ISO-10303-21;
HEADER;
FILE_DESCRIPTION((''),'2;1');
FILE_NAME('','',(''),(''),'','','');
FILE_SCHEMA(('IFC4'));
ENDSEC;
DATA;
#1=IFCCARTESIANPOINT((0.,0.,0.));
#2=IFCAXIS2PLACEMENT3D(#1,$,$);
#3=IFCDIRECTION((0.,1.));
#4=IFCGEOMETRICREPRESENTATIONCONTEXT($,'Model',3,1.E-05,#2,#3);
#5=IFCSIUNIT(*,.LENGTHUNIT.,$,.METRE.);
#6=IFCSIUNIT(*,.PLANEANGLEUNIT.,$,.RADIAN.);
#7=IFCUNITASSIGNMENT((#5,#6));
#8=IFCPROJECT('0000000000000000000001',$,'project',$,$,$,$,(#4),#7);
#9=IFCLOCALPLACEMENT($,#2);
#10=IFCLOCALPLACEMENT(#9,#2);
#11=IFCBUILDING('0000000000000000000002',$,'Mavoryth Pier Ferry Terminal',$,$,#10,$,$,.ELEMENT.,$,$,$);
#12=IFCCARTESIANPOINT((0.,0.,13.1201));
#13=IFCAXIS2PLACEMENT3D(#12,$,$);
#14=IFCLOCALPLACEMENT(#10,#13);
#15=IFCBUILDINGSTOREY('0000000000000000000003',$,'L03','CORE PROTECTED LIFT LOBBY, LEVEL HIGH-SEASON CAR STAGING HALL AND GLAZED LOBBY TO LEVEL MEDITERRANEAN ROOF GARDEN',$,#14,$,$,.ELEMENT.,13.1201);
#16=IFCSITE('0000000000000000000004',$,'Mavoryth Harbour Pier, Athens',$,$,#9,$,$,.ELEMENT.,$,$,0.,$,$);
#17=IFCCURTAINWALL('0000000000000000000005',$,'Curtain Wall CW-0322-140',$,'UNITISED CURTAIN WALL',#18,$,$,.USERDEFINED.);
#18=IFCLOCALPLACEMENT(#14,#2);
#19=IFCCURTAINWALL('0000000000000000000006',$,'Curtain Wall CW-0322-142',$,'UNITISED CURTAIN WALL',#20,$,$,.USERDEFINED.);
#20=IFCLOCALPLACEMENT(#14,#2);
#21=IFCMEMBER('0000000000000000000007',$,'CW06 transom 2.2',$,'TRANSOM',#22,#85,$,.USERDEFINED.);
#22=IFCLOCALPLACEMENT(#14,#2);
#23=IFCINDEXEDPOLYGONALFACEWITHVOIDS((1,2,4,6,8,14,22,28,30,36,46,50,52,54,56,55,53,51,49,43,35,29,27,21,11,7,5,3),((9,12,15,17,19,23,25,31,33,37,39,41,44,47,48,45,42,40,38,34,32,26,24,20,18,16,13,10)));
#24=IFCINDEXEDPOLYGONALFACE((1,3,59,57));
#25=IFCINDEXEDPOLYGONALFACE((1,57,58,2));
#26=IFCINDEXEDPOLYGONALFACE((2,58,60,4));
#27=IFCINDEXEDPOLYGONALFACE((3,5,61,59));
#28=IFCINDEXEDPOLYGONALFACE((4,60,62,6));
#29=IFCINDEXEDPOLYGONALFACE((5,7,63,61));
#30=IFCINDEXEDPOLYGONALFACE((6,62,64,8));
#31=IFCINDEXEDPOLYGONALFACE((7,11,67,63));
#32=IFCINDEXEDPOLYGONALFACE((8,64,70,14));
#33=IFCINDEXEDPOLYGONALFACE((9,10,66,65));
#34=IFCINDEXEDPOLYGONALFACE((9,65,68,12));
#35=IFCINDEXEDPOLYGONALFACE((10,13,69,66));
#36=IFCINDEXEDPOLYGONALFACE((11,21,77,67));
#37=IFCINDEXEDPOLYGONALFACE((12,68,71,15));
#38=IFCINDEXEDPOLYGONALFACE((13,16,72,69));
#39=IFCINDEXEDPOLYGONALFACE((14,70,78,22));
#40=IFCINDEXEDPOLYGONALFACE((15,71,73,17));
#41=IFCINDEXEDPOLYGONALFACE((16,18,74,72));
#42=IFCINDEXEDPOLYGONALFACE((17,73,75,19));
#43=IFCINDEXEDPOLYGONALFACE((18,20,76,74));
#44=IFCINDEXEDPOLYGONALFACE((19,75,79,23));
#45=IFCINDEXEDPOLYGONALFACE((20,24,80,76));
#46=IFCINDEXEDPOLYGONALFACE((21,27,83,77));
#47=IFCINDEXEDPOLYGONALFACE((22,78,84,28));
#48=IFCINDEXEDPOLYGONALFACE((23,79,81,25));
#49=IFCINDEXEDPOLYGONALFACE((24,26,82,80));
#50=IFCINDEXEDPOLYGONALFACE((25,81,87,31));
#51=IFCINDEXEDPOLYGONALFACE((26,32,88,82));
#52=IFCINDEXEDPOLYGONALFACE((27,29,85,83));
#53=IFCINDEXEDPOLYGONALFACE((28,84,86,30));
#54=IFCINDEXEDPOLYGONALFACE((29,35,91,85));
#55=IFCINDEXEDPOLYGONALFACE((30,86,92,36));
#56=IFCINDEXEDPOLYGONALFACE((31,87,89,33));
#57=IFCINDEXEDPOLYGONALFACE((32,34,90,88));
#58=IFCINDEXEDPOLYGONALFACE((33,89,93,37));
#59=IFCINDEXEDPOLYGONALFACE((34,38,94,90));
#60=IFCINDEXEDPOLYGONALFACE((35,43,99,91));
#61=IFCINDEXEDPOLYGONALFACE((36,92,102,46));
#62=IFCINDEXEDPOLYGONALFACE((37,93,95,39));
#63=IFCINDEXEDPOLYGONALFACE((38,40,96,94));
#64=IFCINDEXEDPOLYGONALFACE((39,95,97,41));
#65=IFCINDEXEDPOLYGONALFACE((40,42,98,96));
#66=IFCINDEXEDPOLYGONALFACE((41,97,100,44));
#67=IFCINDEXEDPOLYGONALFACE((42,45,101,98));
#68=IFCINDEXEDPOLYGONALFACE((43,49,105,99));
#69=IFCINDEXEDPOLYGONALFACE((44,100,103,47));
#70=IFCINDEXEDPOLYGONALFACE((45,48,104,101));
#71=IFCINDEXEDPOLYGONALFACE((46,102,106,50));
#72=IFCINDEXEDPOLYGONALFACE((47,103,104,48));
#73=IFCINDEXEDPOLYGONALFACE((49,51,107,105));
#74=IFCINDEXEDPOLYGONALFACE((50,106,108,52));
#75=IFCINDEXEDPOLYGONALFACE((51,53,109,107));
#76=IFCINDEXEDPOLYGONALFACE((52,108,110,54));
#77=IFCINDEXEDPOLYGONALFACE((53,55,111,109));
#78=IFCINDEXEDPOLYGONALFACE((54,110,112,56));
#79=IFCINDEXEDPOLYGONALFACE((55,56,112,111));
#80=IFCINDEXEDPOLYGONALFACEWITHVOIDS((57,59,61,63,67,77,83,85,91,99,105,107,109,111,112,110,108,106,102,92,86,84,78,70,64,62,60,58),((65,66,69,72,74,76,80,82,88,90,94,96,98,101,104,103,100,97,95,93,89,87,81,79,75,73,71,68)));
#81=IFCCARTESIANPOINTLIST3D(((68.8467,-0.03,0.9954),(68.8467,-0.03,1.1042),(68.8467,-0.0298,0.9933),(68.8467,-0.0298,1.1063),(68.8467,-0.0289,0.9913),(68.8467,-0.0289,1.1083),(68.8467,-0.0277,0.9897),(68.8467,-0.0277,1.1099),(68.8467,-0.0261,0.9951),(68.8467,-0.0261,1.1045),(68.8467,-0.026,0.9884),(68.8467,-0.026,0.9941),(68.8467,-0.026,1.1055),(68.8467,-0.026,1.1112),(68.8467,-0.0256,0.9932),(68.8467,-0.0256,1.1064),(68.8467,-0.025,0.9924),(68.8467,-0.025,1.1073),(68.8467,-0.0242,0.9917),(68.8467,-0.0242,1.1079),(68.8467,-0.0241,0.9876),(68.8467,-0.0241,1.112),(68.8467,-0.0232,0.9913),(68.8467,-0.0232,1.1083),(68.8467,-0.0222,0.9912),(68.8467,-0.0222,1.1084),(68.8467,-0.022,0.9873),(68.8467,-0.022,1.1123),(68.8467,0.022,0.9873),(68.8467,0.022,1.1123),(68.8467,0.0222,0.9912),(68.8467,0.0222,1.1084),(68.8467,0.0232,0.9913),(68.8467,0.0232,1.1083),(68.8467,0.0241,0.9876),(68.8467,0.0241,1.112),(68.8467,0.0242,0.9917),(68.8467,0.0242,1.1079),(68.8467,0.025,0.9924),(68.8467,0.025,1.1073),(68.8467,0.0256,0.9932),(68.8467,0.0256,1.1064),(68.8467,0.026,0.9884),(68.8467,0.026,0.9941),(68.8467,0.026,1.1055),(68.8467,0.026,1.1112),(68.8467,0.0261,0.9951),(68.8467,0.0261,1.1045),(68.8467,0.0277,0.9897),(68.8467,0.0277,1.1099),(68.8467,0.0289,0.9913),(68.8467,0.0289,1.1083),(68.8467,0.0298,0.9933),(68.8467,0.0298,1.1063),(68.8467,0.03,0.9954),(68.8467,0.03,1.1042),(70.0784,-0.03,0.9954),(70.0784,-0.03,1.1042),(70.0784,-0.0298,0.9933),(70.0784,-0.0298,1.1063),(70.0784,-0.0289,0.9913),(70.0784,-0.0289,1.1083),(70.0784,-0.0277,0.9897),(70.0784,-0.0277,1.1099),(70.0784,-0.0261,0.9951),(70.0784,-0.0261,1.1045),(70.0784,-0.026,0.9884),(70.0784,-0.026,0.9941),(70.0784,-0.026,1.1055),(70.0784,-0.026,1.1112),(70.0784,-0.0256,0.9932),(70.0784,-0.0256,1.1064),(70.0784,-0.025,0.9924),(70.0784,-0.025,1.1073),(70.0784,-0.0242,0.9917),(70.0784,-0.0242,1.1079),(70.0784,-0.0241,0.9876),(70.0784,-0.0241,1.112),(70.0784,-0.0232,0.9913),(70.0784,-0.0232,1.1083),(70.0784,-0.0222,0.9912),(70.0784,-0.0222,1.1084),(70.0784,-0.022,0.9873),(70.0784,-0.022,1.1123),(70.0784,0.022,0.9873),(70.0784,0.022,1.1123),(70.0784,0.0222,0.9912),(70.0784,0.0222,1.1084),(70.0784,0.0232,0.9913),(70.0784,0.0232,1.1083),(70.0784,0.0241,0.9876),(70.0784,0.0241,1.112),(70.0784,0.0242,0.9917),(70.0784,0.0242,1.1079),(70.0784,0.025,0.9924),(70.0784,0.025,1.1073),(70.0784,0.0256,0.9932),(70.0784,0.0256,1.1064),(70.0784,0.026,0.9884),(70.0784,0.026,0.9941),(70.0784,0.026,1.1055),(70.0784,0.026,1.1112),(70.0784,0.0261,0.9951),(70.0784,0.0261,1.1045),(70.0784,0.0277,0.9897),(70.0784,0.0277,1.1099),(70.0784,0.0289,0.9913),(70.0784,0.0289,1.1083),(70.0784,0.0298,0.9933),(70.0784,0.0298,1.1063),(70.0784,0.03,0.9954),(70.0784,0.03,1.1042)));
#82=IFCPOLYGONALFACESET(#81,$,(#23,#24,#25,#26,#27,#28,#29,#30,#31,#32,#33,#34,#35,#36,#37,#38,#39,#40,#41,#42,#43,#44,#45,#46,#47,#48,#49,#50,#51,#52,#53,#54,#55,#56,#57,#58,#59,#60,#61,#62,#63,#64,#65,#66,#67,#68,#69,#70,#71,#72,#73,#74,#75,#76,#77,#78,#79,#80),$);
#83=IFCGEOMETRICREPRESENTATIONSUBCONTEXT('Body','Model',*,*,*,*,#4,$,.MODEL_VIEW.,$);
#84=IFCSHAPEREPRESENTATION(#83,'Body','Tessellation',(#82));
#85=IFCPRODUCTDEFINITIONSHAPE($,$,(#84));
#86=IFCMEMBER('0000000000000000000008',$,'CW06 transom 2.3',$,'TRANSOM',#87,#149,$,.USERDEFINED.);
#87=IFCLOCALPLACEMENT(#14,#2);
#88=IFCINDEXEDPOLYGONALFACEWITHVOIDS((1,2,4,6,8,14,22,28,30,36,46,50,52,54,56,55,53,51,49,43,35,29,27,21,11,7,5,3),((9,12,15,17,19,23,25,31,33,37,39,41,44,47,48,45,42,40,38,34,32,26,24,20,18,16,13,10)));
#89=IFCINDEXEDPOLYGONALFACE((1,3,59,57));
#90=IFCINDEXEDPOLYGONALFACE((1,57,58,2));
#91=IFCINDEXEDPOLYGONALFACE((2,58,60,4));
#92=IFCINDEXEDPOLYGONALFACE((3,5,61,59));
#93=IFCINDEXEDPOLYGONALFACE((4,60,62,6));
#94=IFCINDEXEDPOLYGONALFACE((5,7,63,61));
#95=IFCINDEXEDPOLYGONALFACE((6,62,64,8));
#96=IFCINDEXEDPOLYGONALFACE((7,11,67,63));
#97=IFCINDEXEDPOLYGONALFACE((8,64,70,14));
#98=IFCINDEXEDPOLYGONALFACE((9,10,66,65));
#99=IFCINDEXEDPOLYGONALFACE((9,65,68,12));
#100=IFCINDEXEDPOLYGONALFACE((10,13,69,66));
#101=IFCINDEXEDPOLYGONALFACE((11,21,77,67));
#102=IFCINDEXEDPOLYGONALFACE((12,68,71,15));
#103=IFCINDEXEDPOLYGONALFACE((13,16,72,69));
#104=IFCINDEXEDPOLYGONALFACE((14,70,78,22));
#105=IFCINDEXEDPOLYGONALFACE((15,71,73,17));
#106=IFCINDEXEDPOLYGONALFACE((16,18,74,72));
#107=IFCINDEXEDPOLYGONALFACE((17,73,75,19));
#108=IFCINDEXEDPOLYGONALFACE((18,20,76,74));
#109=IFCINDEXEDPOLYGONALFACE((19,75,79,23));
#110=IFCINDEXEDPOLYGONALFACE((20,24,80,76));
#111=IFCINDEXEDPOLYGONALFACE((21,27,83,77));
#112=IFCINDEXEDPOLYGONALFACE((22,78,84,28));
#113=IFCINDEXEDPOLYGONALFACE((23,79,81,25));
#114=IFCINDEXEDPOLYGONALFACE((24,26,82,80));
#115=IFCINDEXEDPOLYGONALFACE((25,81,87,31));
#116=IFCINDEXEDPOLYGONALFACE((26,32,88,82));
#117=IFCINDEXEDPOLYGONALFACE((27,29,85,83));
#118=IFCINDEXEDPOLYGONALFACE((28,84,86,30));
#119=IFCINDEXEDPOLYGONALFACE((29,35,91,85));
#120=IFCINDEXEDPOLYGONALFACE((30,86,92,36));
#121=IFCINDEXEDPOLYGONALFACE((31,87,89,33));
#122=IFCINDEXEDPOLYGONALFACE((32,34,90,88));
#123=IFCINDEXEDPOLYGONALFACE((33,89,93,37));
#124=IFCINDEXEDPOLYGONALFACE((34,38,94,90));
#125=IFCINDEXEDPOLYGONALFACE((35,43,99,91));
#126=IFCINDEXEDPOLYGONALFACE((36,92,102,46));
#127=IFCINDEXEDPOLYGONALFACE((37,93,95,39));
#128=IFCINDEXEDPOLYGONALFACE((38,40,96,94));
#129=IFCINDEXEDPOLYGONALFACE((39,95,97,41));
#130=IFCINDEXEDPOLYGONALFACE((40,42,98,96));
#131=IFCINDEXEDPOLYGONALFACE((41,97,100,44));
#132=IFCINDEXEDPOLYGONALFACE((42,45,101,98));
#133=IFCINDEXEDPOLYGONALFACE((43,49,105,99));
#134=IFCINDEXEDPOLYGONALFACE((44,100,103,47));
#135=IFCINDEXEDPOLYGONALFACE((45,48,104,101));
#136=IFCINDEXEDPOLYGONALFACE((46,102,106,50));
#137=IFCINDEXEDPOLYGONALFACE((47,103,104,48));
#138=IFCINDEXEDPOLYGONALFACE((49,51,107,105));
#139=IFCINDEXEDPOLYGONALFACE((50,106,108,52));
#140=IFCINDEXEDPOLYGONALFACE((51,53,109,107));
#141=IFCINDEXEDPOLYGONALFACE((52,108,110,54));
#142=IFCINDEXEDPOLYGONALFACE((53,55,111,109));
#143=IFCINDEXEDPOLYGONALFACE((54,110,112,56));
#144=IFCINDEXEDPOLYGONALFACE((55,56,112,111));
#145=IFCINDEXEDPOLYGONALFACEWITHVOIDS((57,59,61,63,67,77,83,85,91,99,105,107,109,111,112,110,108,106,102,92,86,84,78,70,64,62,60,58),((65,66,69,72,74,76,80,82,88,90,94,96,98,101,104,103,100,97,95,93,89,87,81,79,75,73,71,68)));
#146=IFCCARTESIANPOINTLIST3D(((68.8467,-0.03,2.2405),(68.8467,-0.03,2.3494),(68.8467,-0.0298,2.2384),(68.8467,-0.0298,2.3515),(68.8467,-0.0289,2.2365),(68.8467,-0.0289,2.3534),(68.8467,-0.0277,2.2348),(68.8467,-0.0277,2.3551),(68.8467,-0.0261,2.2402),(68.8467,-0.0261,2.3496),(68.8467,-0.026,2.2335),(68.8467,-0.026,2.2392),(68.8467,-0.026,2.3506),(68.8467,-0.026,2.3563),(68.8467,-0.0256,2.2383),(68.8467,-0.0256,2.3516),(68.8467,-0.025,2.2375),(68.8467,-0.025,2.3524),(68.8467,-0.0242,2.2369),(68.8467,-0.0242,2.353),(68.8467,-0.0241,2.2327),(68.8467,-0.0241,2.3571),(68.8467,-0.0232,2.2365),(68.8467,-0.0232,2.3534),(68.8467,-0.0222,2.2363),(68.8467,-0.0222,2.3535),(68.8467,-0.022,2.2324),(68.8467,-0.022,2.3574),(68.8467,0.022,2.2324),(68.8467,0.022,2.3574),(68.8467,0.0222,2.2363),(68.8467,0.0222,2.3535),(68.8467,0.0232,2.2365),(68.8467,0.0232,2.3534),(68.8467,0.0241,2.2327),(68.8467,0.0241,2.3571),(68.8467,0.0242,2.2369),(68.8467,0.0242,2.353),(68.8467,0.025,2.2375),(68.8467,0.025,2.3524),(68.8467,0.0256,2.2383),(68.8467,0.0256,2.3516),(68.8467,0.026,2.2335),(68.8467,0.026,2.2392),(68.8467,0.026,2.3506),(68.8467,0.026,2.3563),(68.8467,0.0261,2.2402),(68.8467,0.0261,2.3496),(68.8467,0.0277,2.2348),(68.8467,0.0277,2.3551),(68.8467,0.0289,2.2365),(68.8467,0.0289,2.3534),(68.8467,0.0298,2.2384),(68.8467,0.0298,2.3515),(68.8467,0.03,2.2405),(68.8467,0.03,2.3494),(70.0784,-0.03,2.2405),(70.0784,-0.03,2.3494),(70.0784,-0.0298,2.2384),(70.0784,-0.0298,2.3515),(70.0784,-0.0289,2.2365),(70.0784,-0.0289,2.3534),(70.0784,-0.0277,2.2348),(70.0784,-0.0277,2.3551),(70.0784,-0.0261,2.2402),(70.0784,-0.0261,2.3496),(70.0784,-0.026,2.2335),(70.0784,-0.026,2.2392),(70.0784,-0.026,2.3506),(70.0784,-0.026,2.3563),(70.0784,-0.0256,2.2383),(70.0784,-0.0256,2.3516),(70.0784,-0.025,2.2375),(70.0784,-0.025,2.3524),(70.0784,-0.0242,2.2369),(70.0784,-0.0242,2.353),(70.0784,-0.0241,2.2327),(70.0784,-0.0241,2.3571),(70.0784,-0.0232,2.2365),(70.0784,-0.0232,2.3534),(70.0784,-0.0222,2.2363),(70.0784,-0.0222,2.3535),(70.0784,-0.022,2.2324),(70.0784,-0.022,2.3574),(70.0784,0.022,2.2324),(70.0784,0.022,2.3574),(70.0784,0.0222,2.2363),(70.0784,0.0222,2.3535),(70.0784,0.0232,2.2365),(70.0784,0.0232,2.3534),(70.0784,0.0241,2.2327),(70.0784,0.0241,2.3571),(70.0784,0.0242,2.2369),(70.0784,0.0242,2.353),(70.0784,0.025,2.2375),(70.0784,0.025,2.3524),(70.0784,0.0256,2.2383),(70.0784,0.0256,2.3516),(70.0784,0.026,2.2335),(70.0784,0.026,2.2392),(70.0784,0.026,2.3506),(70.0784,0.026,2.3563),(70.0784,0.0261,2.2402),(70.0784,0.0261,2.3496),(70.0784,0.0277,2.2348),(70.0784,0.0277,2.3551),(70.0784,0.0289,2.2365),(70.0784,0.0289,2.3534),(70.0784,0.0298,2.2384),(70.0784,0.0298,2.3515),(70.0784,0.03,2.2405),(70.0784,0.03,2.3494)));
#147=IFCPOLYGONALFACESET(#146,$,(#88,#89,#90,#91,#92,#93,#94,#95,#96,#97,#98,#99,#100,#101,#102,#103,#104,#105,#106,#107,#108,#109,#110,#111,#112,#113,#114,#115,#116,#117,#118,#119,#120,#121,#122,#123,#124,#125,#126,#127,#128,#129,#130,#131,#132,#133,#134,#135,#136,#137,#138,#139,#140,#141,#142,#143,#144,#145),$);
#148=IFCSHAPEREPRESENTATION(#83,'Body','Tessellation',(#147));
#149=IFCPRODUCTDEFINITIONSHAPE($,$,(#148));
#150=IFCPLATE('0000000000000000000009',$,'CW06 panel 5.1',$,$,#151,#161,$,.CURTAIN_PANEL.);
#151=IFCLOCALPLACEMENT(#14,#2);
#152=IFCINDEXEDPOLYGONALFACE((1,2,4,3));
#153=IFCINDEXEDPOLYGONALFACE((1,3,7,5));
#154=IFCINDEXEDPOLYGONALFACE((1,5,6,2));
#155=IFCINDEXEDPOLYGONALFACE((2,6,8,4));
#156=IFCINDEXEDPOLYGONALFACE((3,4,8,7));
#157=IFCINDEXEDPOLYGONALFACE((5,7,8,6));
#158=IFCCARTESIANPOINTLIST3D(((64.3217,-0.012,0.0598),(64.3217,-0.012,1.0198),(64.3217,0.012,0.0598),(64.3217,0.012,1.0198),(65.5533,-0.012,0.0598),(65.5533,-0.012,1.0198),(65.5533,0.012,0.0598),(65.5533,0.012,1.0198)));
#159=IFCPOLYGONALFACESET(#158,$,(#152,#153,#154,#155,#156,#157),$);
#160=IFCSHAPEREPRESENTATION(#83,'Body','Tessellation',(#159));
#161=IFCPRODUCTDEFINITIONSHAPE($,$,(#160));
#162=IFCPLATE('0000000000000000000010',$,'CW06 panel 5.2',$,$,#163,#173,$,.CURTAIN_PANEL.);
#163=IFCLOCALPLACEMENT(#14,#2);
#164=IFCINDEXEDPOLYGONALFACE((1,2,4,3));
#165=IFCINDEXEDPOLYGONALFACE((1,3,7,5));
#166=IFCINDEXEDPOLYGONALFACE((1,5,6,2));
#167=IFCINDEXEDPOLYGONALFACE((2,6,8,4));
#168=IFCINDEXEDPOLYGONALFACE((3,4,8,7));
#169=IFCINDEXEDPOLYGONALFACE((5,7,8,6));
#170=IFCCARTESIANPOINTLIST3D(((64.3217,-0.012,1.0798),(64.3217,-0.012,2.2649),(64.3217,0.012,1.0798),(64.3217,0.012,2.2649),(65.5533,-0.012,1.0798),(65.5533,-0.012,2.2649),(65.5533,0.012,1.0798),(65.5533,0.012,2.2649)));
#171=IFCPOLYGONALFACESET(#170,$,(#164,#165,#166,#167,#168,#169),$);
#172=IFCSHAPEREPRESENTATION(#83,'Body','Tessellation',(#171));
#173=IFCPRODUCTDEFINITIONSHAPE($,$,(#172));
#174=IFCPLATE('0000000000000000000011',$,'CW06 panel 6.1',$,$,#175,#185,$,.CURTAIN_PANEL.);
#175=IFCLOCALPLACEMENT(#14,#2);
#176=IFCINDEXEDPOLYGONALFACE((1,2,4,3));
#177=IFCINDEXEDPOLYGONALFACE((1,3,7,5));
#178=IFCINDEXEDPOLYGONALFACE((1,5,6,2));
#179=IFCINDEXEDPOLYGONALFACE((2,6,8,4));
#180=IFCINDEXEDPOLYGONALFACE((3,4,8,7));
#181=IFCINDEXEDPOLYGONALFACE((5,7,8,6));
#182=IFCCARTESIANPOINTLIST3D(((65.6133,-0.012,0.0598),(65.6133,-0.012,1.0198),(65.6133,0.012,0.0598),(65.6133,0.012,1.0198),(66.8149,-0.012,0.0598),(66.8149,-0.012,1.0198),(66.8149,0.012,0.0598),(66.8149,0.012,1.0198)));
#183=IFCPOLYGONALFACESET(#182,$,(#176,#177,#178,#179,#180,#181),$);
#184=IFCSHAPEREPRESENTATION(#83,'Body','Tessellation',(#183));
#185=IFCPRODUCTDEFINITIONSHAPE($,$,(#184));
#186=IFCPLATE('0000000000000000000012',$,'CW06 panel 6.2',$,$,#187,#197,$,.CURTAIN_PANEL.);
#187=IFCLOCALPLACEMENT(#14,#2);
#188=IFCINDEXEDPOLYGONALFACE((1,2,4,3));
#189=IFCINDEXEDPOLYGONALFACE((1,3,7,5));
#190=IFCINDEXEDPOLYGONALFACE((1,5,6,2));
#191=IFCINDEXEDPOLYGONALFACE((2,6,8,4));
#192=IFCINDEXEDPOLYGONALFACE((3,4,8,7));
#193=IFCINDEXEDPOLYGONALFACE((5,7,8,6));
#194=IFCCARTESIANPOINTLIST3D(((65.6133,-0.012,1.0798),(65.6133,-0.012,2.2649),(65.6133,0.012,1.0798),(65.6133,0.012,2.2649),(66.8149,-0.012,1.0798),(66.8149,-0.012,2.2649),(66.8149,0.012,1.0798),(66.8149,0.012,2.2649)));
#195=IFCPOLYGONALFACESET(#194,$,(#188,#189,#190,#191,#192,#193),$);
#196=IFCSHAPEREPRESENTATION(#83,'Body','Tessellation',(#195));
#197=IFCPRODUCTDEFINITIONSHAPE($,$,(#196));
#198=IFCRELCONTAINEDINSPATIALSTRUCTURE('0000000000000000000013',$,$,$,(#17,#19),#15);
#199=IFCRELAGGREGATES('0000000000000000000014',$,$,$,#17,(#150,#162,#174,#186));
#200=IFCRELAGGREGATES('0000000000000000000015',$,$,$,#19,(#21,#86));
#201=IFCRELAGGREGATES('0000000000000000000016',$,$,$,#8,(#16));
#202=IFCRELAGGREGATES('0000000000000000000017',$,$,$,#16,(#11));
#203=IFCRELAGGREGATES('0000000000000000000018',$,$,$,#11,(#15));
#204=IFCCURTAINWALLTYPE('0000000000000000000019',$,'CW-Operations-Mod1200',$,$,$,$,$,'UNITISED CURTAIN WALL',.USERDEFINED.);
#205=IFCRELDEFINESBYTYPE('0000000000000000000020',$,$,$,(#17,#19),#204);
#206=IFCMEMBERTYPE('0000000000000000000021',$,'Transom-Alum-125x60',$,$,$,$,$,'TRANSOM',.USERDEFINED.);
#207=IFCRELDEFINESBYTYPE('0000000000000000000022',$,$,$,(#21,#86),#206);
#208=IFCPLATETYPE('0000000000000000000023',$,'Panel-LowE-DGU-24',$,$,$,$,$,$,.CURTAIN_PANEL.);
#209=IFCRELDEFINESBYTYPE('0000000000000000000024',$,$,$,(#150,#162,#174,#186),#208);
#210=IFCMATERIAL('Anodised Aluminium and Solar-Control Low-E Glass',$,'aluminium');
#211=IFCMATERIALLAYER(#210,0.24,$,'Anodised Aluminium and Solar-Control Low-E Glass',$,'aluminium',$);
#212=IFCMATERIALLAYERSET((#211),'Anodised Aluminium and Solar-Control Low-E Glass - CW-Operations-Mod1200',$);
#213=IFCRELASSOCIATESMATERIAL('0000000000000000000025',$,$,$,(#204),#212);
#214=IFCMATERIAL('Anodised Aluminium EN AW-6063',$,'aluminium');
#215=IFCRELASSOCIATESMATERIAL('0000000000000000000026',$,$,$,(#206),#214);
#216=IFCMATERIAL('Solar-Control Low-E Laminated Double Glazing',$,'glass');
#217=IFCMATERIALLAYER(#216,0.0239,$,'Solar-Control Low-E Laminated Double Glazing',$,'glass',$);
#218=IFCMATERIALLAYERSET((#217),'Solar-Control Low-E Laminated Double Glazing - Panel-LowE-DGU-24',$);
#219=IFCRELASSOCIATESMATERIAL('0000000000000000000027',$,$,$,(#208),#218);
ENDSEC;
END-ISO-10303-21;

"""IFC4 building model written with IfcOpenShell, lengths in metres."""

from ifc_helpers import new_model, si_unit, direction, frame, origin, origin_2d, place, context, subcontext, project, spatial, rectangle, hollow_rectangle, extrude, material, layer, layer_set, material_profile, profile_set, type_object, element, aggregate, save


model = new_model("IFC4")

# Units and contexts
model_context = context("Model", 3, precision=1e-05, world=origin(), true_north=direction((0.0, 1.0)))
body_context = subcontext(model_context, "Body", "Model", "MODEL_VIEW")
ifc_project = project(units=[si_unit("LENGTHUNIT", "METRE"), si_unit("PLANEANGLEUNIT", "RADIAN")], contexts=[model_context])

# Site, building, storey
site_placement = place(None, origin())
site = spatial("IfcSite", under=ifc_project, at=site_placement, Name="Mavoryth Harbour Pier, Athens", CompositionType="ELEMENT", RefElevation=0.0)
building_placement = place(site_placement, origin())
building = spatial("IfcBuilding", under=site, at=building_placement, Name="Mavoryth Pier Ferry Terminal", CompositionType="ELEMENT")
storey_placement = place(building_placement, frame((0.0, 0.0, 13.1201)))
storey = spatial("IfcBuildingStorey", under=building, at=storey_placement, Name="L03", Description="CORE PROTECTED LIFT LOBBY, LEVEL HIGH-SEASON CAR STAGING HALL AND GLAZED LOBBY TO LEVEL MEDITERRANEAN ROOF GARDEN", CompositionType="ELEMENT", Elevation=13.1201)

# Curtain walls
ifc_material_1 = material(Name="Anodised Aluminium and Solar-Control Low-E Glass", Category="aluminium")
ifc_layer_1 = layer(ifc_material_1, 0.24, Name="Anodised Aluminium and Solar-Control Low-E Glass", Category="aluminium")
ifc_layer_set_1 = layer_set([ifc_layer_1], Name="Anodised Aluminium and Solar-Control Low-E Glass - CW-Operations-Mod1200")
curtain_wall_type = type_object("IfcCurtainWallType", Name="CW-Operations-Mod1200", ElementType="UNITISED CURTAIN WALL", PredefinedType="USERDEFINED", material=ifc_layer_set_1)
curtain_wall_1_placement = place(storey_placement, origin())
curtain_wall_1 = element("IfcCurtainWall", 1, at=curtain_wall_1_placement, inside=storey, type_object=curtain_wall_type, Name="Curtain Wall CW-0322-140", ObjectType="UNITISED CURTAIN WALL", PredefinedType="USERDEFINED")
ifc_material_2 = material(Name="Anodised Aluminium EN AW-6063", Category="aluminium")
curtain_wall_2_placement = place(storey_placement, origin())
curtain_wall_2 = element("IfcCurtainWall", 2, at=curtain_wall_2_placement, inside=storey, type_object=curtain_wall_type, Name="Curtain Wall CW-0322-142", ObjectType="UNITISED CURTAIN WALL", PredefinedType="USERDEFINED")

# Members
ifc_material_profile_1 = material_profile(ifc_material_2, hollow_rectangle(XDim=0.0601, YDim=0.125, WallThickness=0.0039, InnerFilletRadius=0.0039, OuterFilletRadius=0.0081, at=origin_2d()), Name="AL-TRAN 125x60x4", Category="aluminium")
ifc_profile_set_1 = profile_set([ifc_material_profile_1], Name="Anodised Aluminium EN AW-6063 - AL-TRAN 125x60x4")
member_type_1 = type_object("IfcMemberType", Name="Transom-Alum-125x60", ElementType="TRANSOM", PredefinedType="USERDEFINED", material=ifc_profile_set_1)
member_1_placement = place(storey_placement, frame((68.8467, 0.0, 1.0498), z_axis=(1.0, 0.0, 0.0), x_axis=(0.0, 1.0, 0.0)))
member_1 = element("IfcMember", 3, at=member_1_placement, type_object=member_type_1, Name="CW06 transom 2.2", ObjectType="TRANSOM", PredefinedType="USERDEFINED", context=body_context, shape_type="SweptSolid", body=[
    extrude(hollow_rectangle(XDim=0.0601, YDim=0.125, WallThickness=0.0039, InnerFilletRadius=0.0039, OuterFilletRadius=0.0081, at=origin_2d()), origin(), (0.0, 0.0, 1.0), 1.2317),
])
member_2_placement = place(storey_placement, frame((68.8467, 0.0, 2.2949), z_axis=(1.0, 0.0, 0.0), x_axis=(0.0, 1.0, 0.0)))
member_2 = element("IfcMember", 4, at=member_2_placement, type_object=member_type_1, Name="CW06 transom 2.3", ObjectType="TRANSOM", PredefinedType="USERDEFINED", context=body_context, shape_type="SweptSolid", body=[
    extrude(hollow_rectangle(XDim=0.0601, YDim=0.125, WallThickness=0.0039, InnerFilletRadius=0.0039, OuterFilletRadius=0.0081, at=origin_2d()), origin(), (0.0, 0.0, 1.0), 1.2317),
])

# Plates
ifc_material_3 = material(Name="Solar-Control Low-E Laminated Double Glazing", Category="glass")
ifc_layer_2 = layer(ifc_material_3, 0.0239, Name="Solar-Control Low-E Laminated Double Glazing", Category="glass")
ifc_layer_set_2 = layer_set([ifc_layer_2], Name="Solar-Control Low-E Laminated Double Glazing - Panel-LowE-DGU-24")
plate_type = type_object("IfcPlateType", Name="Panel-LowE-DGU-24", PredefinedType="CURTAIN_PANEL", material=ifc_layer_set_2)
plate_1_placement = place(storey_placement, frame((64.9375, 0.0, 0.0598), z_axis=(0.0, 0.0, 1.0), x_axis=(1.0, 0.0, 0.0)))
plate_1 = element("IfcPlate", 5, at=plate_1_placement, type_object=plate_type, Name="CW06 panel 5.1", PredefinedType="CURTAIN_PANEL", context=body_context, shape_type="SweptSolid", body=[
    extrude(rectangle(XDim=1.2317, YDim=0.0239, at=origin_2d()), origin(), (0.0, 0.0, 1.0), 0.96),
])
plate_2_placement = place(storey_placement, frame((64.9375, 0.0, 1.0798), z_axis=(0.0, 0.0, 1.0), x_axis=(1.0, 0.0, 0.0)))
plate_2 = element("IfcPlate", 6, at=plate_2_placement, type_object=plate_type, Name="CW06 panel 5.2", PredefinedType="CURTAIN_PANEL", context=body_context, shape_type="SweptSolid", body=[
    extrude(rectangle(XDim=1.2317, YDim=0.0239, at=origin_2d()), origin(), (0.0, 0.0, 1.0), 1.1851),
])
plate_3_placement = place(storey_placement, frame((66.2141, 0.0, 0.0598), z_axis=(0.0, 0.0, 1.0), x_axis=(1.0, 0.0, 0.0)))
plate_3 = element("IfcPlate", 7, at=plate_3_placement, type_object=plate_type, Name="CW06 panel 6.1", PredefinedType="CURTAIN_PANEL", context=body_context, shape_type="SweptSolid", body=[
    extrude(rectangle(XDim=1.2017, YDim=0.0239, at=origin_2d()), origin(), (0.0, 0.0, 1.0), 0.96),
])
plate_4_placement = place(storey_placement, frame((66.2141, 0.0, 1.0798), z_axis=(0.0, 0.0, 1.0), x_axis=(1.0, 0.0, 0.0)))
plate_4 = element("IfcPlate", 8, at=plate_4_placement, type_object=plate_type, Name="CW06 panel 6.2", PredefinedType="CURTAIN_PANEL", context=body_context, shape_type="SweptSolid", body=[
    extrude(rectangle(XDim=1.2017, YDim=0.0239, at=origin_2d()), origin(), (0.0, 0.0, 1.0), 1.1851),
])
aggregate(curtain_wall_1, [plate_1, plate_2, plate_3, plate_4])
aggregate(curtain_wall_2, [member_1, member_2])

save(model, "model.ifc")
